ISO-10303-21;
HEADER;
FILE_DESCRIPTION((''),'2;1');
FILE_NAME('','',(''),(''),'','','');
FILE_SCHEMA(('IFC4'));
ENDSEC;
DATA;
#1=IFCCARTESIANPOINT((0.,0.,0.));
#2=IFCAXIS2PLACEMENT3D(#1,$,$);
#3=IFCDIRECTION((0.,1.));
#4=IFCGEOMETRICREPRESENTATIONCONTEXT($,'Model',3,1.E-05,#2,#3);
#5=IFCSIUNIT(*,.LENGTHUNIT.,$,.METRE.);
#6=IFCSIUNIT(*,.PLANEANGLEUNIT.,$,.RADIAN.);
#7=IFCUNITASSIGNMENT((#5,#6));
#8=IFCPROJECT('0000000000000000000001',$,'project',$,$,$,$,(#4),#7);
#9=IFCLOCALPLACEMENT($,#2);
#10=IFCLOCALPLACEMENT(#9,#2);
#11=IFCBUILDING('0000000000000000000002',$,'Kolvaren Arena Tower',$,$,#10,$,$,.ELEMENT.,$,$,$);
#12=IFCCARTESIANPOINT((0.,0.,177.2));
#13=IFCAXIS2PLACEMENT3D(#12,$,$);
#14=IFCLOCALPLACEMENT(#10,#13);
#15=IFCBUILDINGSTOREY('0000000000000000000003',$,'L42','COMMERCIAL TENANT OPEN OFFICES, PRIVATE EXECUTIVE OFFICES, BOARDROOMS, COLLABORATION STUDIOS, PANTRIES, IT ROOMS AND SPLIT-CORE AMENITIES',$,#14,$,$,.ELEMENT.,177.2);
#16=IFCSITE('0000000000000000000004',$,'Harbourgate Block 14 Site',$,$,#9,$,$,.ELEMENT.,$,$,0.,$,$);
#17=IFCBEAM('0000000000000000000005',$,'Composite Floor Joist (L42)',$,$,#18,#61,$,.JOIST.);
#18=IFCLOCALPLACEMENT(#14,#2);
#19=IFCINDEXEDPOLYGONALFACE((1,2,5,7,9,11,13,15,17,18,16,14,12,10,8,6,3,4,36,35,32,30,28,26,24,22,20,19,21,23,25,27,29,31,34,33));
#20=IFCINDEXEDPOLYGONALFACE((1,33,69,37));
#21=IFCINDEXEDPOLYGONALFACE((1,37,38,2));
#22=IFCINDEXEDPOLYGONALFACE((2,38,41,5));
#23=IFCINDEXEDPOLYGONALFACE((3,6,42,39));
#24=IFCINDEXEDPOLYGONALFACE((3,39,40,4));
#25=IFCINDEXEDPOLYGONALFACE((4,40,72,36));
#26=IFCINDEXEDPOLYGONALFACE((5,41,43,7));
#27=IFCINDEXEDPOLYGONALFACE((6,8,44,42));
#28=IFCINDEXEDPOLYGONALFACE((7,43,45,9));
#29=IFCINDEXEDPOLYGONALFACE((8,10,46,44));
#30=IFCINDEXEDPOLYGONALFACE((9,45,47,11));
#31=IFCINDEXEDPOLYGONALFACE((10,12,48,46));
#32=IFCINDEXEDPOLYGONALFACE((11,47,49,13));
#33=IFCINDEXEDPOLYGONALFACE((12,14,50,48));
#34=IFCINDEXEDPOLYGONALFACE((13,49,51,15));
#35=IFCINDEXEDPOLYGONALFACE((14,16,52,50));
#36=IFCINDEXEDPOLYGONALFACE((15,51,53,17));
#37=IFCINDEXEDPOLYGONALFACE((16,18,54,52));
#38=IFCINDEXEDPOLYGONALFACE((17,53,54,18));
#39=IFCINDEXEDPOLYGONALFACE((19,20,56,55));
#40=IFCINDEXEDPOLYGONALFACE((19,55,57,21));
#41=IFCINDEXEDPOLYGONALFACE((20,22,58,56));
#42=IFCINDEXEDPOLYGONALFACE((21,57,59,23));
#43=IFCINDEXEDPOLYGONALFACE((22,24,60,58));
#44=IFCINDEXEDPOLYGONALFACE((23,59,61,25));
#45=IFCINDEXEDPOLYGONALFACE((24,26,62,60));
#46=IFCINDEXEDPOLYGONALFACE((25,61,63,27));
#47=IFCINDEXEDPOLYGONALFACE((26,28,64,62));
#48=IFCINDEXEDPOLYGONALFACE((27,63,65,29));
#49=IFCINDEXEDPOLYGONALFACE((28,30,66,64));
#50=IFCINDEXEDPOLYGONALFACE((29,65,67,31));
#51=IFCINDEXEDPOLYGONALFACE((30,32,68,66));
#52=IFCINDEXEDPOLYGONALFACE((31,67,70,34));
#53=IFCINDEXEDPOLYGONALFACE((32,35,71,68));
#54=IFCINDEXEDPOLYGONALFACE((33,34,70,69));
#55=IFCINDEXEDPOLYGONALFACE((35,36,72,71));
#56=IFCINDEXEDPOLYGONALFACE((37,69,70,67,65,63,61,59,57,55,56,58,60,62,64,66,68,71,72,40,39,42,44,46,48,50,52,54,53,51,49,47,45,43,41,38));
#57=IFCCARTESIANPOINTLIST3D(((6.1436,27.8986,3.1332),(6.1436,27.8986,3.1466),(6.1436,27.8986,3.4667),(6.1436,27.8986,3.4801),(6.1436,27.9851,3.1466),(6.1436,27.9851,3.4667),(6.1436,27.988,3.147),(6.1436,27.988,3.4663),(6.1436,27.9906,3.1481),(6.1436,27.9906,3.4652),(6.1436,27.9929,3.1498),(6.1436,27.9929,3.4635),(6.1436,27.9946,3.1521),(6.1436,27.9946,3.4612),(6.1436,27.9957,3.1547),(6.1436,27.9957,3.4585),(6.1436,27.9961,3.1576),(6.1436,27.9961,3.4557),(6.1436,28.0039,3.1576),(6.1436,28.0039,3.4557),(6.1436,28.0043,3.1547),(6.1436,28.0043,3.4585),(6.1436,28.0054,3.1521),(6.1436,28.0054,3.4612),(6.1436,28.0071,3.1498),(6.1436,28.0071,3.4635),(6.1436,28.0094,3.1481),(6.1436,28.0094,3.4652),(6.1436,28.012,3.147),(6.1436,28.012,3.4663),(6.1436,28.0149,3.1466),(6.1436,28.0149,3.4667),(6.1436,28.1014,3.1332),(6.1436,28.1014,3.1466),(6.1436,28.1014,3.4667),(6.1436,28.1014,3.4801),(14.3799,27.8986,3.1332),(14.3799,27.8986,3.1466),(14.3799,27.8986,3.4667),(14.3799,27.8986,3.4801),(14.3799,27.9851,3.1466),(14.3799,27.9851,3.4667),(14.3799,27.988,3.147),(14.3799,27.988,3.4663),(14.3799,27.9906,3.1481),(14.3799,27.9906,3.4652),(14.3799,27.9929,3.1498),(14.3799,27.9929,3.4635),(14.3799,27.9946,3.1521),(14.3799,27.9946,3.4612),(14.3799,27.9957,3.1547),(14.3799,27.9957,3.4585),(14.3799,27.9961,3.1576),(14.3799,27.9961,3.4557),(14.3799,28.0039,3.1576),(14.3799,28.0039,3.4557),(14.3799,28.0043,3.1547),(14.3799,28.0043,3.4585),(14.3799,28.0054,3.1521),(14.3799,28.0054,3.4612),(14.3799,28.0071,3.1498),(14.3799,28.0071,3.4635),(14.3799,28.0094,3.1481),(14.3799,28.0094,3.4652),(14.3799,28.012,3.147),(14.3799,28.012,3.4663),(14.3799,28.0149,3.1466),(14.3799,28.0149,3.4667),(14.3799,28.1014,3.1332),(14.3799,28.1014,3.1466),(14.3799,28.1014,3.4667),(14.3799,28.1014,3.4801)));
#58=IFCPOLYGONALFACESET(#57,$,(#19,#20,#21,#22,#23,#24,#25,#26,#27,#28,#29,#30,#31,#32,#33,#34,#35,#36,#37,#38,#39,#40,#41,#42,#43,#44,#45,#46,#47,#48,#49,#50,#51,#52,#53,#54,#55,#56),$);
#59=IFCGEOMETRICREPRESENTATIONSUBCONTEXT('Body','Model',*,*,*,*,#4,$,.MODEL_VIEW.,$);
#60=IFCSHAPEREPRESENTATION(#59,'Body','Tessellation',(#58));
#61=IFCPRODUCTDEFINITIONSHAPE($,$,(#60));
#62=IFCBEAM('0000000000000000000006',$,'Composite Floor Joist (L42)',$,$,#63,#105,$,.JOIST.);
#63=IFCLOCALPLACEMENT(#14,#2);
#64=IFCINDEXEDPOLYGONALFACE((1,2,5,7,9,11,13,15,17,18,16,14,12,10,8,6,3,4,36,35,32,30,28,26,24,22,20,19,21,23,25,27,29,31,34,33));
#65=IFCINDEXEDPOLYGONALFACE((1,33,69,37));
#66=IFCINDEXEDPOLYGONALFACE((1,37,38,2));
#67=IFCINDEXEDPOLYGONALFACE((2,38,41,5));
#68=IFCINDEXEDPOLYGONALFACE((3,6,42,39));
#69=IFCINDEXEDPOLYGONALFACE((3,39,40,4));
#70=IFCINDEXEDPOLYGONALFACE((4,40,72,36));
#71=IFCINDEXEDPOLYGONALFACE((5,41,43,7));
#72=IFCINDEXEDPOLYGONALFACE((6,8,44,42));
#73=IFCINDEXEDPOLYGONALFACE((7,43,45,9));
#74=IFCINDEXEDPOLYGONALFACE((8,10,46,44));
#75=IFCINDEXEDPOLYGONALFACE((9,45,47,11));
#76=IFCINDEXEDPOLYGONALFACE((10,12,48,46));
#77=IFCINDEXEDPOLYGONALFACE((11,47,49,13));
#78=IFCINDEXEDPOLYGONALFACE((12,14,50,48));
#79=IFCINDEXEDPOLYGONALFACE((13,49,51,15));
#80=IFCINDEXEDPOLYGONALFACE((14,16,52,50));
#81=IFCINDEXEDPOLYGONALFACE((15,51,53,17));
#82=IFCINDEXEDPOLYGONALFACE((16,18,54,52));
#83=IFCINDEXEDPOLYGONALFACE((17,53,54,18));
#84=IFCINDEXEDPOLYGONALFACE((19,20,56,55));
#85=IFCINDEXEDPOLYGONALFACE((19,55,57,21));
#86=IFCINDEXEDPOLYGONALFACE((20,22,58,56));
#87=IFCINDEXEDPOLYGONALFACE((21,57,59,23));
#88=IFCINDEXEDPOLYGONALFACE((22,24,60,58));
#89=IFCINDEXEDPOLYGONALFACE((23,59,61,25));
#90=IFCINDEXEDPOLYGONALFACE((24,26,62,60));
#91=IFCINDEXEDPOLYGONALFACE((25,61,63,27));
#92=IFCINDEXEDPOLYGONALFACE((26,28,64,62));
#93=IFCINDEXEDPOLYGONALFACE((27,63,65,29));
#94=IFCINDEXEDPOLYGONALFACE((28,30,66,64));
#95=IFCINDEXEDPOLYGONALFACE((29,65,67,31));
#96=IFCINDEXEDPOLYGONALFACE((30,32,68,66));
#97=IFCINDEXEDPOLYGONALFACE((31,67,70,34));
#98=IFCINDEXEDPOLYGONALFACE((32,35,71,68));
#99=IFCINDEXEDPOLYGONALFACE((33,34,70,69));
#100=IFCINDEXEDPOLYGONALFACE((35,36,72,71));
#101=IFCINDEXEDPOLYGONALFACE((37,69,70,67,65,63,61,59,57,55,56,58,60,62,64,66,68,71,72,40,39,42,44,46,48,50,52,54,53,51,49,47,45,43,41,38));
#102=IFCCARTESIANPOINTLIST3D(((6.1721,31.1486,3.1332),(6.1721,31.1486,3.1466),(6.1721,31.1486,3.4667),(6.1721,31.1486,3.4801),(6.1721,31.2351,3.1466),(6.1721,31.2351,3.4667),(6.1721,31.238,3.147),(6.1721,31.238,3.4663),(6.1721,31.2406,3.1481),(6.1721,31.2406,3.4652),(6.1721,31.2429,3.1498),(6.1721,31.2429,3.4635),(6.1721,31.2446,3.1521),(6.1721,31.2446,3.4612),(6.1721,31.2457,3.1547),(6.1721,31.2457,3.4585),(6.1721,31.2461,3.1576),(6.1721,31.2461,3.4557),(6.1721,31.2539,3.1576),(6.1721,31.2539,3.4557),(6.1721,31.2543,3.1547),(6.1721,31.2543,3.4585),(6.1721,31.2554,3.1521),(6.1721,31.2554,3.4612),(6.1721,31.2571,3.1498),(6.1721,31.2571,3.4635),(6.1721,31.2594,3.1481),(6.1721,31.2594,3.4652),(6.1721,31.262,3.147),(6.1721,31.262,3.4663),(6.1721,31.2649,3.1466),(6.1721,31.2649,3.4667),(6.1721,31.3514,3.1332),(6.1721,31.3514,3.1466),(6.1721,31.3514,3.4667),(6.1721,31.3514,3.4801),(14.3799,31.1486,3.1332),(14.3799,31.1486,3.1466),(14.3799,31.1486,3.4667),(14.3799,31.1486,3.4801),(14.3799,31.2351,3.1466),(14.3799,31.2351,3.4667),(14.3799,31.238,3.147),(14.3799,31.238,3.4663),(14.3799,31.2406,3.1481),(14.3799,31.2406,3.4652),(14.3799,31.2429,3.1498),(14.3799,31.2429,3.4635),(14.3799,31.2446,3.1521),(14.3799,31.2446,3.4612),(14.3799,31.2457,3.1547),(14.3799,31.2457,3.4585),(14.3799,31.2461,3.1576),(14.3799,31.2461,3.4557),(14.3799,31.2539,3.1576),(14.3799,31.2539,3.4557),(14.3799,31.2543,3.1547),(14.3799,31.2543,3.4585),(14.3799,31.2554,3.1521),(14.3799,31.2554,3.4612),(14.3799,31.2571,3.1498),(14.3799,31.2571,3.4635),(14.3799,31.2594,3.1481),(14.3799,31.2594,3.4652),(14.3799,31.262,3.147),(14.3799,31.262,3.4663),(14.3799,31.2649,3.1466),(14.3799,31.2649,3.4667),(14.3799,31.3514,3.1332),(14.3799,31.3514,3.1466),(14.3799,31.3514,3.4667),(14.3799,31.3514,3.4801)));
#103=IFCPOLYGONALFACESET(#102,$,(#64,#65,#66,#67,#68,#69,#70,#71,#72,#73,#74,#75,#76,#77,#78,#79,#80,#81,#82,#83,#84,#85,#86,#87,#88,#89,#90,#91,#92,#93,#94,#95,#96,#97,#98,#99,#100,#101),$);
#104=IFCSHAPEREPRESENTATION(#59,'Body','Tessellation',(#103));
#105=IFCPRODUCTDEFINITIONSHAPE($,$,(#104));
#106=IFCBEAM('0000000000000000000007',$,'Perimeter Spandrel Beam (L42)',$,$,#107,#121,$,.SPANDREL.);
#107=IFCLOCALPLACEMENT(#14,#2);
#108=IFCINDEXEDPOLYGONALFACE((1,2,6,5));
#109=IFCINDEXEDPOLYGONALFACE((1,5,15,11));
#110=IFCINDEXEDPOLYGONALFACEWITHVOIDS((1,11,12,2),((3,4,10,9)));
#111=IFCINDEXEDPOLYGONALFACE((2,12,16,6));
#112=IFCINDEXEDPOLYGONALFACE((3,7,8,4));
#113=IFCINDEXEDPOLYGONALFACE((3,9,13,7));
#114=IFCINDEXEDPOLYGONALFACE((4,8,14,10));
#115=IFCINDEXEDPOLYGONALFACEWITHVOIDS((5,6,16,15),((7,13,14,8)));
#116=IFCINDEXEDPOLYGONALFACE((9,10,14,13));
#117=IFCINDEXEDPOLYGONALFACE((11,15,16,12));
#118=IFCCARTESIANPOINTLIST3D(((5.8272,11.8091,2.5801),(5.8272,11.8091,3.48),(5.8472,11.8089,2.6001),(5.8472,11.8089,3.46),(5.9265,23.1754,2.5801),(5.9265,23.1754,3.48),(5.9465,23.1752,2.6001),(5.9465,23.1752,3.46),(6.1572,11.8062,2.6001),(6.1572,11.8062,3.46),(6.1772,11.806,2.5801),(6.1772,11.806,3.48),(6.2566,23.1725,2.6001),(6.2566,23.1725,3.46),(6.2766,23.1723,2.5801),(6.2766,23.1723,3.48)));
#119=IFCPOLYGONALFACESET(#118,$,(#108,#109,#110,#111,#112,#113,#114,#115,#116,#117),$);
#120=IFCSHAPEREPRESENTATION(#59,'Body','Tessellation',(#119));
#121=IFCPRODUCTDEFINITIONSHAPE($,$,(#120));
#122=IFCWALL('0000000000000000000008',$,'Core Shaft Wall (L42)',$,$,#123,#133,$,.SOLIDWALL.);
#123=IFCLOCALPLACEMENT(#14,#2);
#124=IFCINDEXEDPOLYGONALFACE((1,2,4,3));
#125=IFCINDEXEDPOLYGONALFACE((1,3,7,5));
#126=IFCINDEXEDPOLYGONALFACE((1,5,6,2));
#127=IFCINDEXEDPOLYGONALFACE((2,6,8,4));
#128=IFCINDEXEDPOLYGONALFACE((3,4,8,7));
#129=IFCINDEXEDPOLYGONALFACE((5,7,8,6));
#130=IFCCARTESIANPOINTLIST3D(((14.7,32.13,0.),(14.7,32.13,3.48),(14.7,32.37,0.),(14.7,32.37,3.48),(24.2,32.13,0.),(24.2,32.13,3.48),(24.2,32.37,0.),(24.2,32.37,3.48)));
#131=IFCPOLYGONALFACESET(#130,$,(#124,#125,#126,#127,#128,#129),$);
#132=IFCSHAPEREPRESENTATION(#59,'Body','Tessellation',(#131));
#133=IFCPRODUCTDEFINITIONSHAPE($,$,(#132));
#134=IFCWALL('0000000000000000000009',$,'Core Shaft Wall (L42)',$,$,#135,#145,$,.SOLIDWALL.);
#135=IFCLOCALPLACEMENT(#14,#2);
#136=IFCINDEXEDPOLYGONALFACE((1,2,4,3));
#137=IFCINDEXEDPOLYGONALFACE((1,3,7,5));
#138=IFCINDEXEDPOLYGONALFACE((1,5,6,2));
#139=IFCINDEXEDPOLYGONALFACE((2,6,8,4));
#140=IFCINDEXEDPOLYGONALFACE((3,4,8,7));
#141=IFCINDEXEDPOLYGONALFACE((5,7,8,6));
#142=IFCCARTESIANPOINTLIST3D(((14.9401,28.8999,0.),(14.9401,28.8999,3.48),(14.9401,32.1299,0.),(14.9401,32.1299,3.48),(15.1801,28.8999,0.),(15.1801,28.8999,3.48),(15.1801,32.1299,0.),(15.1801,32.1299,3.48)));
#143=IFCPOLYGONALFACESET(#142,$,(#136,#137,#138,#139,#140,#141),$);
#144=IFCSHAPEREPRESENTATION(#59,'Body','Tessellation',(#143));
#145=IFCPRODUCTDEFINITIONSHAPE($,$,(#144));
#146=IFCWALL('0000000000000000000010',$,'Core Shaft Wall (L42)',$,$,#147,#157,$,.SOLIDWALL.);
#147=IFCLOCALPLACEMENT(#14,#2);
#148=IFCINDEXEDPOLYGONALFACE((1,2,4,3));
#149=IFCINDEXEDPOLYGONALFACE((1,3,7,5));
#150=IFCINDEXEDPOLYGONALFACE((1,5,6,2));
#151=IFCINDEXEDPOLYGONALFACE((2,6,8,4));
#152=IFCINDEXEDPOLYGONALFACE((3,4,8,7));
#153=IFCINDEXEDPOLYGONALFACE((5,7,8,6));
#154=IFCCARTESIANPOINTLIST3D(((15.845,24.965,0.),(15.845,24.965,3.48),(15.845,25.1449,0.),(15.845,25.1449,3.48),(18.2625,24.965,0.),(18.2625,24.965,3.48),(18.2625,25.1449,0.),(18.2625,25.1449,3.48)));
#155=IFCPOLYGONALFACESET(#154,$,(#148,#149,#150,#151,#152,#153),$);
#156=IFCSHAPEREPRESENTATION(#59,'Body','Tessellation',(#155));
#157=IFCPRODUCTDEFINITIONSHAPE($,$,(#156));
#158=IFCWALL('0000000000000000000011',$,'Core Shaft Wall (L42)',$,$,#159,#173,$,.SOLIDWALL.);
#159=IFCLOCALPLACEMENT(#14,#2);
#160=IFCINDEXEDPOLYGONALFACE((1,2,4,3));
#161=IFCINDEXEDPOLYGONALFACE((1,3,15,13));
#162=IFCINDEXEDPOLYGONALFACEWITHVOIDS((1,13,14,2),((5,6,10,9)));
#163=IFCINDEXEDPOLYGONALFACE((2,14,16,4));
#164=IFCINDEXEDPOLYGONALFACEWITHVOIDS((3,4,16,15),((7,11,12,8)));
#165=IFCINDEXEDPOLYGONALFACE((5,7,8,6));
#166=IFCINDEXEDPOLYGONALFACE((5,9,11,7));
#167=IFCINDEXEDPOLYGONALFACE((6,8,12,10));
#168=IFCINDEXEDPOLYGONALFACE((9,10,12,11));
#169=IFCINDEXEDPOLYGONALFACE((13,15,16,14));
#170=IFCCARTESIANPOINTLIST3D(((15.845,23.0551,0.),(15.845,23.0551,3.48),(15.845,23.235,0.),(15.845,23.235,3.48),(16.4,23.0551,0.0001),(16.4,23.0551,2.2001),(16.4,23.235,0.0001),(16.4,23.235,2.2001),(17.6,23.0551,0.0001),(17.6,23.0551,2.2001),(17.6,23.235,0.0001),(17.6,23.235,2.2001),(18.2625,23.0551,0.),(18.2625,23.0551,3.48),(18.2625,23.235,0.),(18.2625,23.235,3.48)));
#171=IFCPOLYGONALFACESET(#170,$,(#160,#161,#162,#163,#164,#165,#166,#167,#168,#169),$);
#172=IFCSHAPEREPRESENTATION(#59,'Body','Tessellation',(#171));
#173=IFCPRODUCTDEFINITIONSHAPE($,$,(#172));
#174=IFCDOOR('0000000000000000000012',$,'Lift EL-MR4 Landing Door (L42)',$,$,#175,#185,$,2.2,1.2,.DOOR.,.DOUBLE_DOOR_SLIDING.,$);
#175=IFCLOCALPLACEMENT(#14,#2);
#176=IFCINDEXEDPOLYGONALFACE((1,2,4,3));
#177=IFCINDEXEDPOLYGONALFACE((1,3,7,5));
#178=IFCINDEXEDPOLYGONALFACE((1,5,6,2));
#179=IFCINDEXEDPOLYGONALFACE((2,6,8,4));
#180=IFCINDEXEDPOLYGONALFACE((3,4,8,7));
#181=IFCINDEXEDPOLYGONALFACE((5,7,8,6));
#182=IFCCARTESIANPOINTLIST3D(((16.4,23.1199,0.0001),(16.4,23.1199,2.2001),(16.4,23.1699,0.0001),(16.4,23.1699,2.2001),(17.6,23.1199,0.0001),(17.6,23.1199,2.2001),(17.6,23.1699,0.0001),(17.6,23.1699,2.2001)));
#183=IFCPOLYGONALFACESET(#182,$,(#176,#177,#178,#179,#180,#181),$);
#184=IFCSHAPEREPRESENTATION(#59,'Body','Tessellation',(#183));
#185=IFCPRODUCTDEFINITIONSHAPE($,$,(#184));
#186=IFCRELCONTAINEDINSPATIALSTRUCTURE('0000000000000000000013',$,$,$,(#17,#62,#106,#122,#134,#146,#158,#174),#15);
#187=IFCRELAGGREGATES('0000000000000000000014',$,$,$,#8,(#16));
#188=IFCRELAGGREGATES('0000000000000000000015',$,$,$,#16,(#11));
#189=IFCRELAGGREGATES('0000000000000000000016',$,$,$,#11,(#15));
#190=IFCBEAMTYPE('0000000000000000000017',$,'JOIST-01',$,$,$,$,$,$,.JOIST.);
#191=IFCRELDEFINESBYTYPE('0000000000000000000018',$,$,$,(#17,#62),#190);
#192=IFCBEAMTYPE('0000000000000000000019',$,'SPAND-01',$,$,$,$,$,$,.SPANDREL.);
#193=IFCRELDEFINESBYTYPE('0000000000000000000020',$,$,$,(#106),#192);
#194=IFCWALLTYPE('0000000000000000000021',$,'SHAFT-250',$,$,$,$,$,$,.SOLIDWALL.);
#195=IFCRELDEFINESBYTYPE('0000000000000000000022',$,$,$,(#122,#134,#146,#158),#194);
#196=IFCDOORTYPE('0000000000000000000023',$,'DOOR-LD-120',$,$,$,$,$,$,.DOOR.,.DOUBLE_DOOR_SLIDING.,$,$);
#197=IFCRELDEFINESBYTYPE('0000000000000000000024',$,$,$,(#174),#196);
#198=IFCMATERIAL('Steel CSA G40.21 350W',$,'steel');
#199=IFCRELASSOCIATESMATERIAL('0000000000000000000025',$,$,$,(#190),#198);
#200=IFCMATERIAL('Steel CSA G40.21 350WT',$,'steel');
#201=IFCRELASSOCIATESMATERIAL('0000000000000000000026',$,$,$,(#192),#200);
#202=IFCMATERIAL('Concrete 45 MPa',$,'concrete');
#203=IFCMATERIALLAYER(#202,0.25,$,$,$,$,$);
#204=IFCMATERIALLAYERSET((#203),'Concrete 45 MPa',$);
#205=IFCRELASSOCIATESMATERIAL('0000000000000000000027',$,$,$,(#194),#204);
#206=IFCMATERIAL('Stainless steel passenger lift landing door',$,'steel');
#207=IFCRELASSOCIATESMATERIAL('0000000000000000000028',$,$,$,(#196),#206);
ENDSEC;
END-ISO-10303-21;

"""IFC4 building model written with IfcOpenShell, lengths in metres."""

from ifc_helpers import new_model, si_unit, direction, frame, frame_2d, origin, origin_2d, place, context, subcontext, project, spatial, rectangle, hollow_rectangle, i_section, extrude, material, layer, layer_set, material_profile, profile_set, type_object, element, fill, save


model = new_model("IFC4")

# Units and contexts
model_context = context("Model", 3, precision=1e-05, world=origin(), true_north=direction((0.0, 1.0)))
body_context = subcontext(model_context, "Body", "Model", "MODEL_VIEW")
ifc_project = project(units=[si_unit("LENGTHUNIT", "METRE"), si_unit("PLANEANGLEUNIT", "RADIAN")], contexts=[model_context])

# Site, building, storey
site_placement = place(None, origin())
site = spatial("IfcSite", under=ifc_project, at=site_placement, Name="Harbourgate Block 14 Site", CompositionType="ELEMENT", RefElevation=0.0)
building_placement = place(site_placement, origin())
building = spatial("IfcBuilding", under=site, at=building_placement, Name="Kolvaren Arena Tower", CompositionType="ELEMENT")
storey_placement = place(building_placement, frame((0.0, 0.0, 177.2)))
storey = spatial("IfcBuildingStorey", under=building, at=storey_placement, Name="L42", Description="COMMERCIAL TENANT OPEN OFFICES, PRIVATE EXECUTIVE OFFICES, BOARDROOMS, COLLABORATION STUDIOS, PANTRIES, IT ROOMS AND SPLIT-CORE AMENITIES", CompositionType="ELEMENT", Elevation=177.2)

# Beams
ifc_material_1 = material(Name="Steel CSA G40.21 350W", Category="steel")
ifc_material_profile_1 = material_profile(ifc_material_1, i_section(OverallWidth=0.2029, OverallDepth=0.3469, WebThickness=0.0078, FlangeThickness=0.0134, FilletRadius=0.011, at=origin_2d()), Name="W360x64")
ifc_profile_set_1 = profile_set([ifc_material_profile_1], Name="Steel CSA G40.21 350W")
beam_type_1 = type_object("IfcBeamType", Name="JOIST-01", PredefinedType="JOIST", material=ifc_profile_set_1)
beam_1_placement = place(storey_placement, frame((6.1436, 28.0, 3.3066), z_axis=(1.0, 0.0, 0.0), x_axis=(0.0, 1.0, 0.0)))
element("IfcBeam", 1, at=beam_1_placement, inside=storey, type_object=beam_type_1, Name="Composite Floor Joist (L42)", PredefinedType="JOIST", context=body_context, shape_type="SweptSolid", body=[
    extrude(i_section(OverallWidth=0.2029, OverallDepth=0.3469, WebThickness=0.0078, FlangeThickness=0.0134, FilletRadius=0.011, at=origin_2d()), origin(), (0.0, 0.0, 1.0), 8.2363),
])
beam_2_placement = place(storey_placement, frame((6.1721, 31.25, 3.3066), z_axis=(1.0, 0.0, 0.0), x_axis=(0.0, 1.0, 0.0)))
element("IfcBeam", 2, at=beam_2_placement, inside=storey, type_object=beam_type_1, Name="Composite Floor Joist (L42)", PredefinedType="JOIST", context=body_context, shape_type="SweptSolid", body=[
    extrude(i_section(OverallWidth=0.2029, OverallDepth=0.3469, WebThickness=0.0078, FlangeThickness=0.0134, FilletRadius=0.011, at=origin_2d()), origin(), (0.0, 0.0, 1.0), 8.2078),
])
ifc_material_2 = material(Name="Steel CSA G40.21 350WT", Category="steel")
ifc_material_profile_2 = material_profile(ifc_material_2, hollow_rectangle(XDim=0.3501, YDim=0.8999, WallThickness=0.02, at=origin_2d()), Name="HSS 900x350x20")
ifc_profile_set_2 = profile_set([ifc_material_profile_2], Name="Steel CSA G40.21 350WT")
beam_type_2 = type_object("IfcBeamType", Name="SPAND-01", PredefinedType="SPANDREL", material=ifc_profile_set_2)
beam_3_placement = place(storey_placement, frame((6.1016, 23.1738, 3.03), z_axis=(-0.008742, -0.999962, 0.0), x_axis=(0.999962, -0.008742, 0.0)))
element("IfcBeam", 3, at=beam_3_placement, inside=storey, type_object=beam_type_2, Name="Perimeter Spandrel Beam (L42)", PredefinedType="SPANDREL", context=body_context, shape_type="SweptSolid", body=[
    extrude(hollow_rectangle(XDim=0.3501, YDim=0.8999, WallThickness=0.02, at=origin_2d()), origin(), (0.0, 0.0, 1.0), 11.3667),
])

# Walls
ifc_material_3 = material(Name="Concrete 45 MPa", Category="concrete")
ifc_layer = layer(ifc_material_3, 0.25)
ifc_layer_set = layer_set([ifc_layer], Name="Concrete 45 MPa")
wall_type = type_object("IfcWallType", Name="SHAFT-250", PredefinedType="SOLIDWALL", material=ifc_layer_set)
wall_1_placement = place(storey_placement, frame((14.7, 32.25, 0.0), z_axis=(0.0, 0.0, 1.0), x_axis=(1.0, 0.0, 0.0)))
element("IfcWall", 4, at=wall_1_placement, inside=storey, type_object=wall_type, Name="Core Shaft Wall (L42)", PredefinedType="SOLIDWALL", context=body_context, shape_type="SweptSolid", body=[
    extrude(rectangle(XDim=9.5, YDim=0.24, at=frame_2d((4.75, 0.0))), origin(), (0.0, 0.0, 1.0), 3.48),
])
wall_2_placement = place(storey_placement, frame((15.0601, 28.8999, 0.0), z_axis=(0.0, 0.0, 1.0), x_axis=(0.0, 1.0, 0.0)))
element("IfcWall", 5, at=wall_2_placement, inside=storey, type_object=wall_type, Name="Core Shaft Wall (L42)", PredefinedType="SOLIDWALL", context=body_context, shape_type="SweptSolid", body=[
    extrude(rectangle(XDim=3.23, YDim=0.24, at=frame_2d((1.615, 0.0))), origin(), (0.0, 0.0, 1.0), 3.48),
])
wall_3_placement = place(storey_placement, frame((15.845, 25.0549, 0.0), z_axis=(0.0, 0.0, 1.0), x_axis=(1.0, 0.0, 0.0)))
element("IfcWall", 6, at=wall_3_placement, inside=storey, type_object=wall_type, Name="Core Shaft Wall (L42)", PredefinedType="SOLIDWALL", context=body_context, shape_type="SweptSolid", body=[
    extrude(rectangle(XDim=2.4175, YDim=0.1799, at=frame_2d((1.2087, 0.0))), origin(), (0.0, 0.0, 1.0), 3.48),
])

# Wall, opening, door
wall_4_placement = place(storey_placement, frame((15.845, 23.145, 0.0), z_axis=(0.0, 0.0, 1.0), x_axis=(1.0, 0.0, 0.0)))
wall_4 = element("IfcWall", 7, at=wall_4_placement, inside=storey, type_object=wall_type, Name="Core Shaft Wall (L42)", PredefinedType="SOLIDWALL", context=body_context, shape_type="SweptSolid", body=[
    extrude(rectangle(XDim=2.4175, YDim=0.1799, at=frame_2d((1.2087, 0.0))), origin(), (0.0, 0.0, 1.0), 3.48),
])
opening_1_placement = place(wall_4_placement, frame((0.5549, 0.0, 0.0)))
opening_1 = element("IfcOpeningElement", 8, at=opening_1_placement, cuts=wall_4, PredefinedType="OPENING", context=body_context, shape_type="SweptSolid", body=[
    extrude(rectangle(XDim=1.2, YDim=2.2, at=frame_2d((0.6001, 1.1001))), frame((0.0, 0.0999, 0.0), z_axis=(0.0, -1.0, 0.0), x_axis=(1.0, 0.0, 0.0)), (0.0, 0.0, 1.0), 0.2),
])
ifc_material_4 = material(Name="Stainless steel passenger lift landing door", Category="steel")
door_type_1 = type_object("IfcDoorType", Name="DOOR-LD-120", OperationType="DOUBLE_DOOR_SLIDING", PredefinedType="DOOR", material=ifc_material_4)
door_1_placement = place(opening_1_placement, origin())
door_1 = element("IfcDoor", 9, at=door_1_placement, inside=storey, type_object=door_type_1, Name="Lift EL-MR4 Landing Door (L42)", OperationType="DOUBLE_DOOR_SLIDING", OverallHeight=2.2, OverallWidth=1.2, PredefinedType="DOOR", context=body_context, shape_type="SweptSolid", body=[
    extrude(rectangle(XDim=1.2, YDim=2.2, at=frame_2d((0.6001, 1.1001))), frame((0.0, 0.0249, 0.0), z_axis=(0.0, -1.0, 0.0), x_axis=(1.0, 0.0, 0.0)), (0.0, 0.0, 1.0), 0.05),
])
fill(opening_1, door_1)

save(model, "model.ifc")
